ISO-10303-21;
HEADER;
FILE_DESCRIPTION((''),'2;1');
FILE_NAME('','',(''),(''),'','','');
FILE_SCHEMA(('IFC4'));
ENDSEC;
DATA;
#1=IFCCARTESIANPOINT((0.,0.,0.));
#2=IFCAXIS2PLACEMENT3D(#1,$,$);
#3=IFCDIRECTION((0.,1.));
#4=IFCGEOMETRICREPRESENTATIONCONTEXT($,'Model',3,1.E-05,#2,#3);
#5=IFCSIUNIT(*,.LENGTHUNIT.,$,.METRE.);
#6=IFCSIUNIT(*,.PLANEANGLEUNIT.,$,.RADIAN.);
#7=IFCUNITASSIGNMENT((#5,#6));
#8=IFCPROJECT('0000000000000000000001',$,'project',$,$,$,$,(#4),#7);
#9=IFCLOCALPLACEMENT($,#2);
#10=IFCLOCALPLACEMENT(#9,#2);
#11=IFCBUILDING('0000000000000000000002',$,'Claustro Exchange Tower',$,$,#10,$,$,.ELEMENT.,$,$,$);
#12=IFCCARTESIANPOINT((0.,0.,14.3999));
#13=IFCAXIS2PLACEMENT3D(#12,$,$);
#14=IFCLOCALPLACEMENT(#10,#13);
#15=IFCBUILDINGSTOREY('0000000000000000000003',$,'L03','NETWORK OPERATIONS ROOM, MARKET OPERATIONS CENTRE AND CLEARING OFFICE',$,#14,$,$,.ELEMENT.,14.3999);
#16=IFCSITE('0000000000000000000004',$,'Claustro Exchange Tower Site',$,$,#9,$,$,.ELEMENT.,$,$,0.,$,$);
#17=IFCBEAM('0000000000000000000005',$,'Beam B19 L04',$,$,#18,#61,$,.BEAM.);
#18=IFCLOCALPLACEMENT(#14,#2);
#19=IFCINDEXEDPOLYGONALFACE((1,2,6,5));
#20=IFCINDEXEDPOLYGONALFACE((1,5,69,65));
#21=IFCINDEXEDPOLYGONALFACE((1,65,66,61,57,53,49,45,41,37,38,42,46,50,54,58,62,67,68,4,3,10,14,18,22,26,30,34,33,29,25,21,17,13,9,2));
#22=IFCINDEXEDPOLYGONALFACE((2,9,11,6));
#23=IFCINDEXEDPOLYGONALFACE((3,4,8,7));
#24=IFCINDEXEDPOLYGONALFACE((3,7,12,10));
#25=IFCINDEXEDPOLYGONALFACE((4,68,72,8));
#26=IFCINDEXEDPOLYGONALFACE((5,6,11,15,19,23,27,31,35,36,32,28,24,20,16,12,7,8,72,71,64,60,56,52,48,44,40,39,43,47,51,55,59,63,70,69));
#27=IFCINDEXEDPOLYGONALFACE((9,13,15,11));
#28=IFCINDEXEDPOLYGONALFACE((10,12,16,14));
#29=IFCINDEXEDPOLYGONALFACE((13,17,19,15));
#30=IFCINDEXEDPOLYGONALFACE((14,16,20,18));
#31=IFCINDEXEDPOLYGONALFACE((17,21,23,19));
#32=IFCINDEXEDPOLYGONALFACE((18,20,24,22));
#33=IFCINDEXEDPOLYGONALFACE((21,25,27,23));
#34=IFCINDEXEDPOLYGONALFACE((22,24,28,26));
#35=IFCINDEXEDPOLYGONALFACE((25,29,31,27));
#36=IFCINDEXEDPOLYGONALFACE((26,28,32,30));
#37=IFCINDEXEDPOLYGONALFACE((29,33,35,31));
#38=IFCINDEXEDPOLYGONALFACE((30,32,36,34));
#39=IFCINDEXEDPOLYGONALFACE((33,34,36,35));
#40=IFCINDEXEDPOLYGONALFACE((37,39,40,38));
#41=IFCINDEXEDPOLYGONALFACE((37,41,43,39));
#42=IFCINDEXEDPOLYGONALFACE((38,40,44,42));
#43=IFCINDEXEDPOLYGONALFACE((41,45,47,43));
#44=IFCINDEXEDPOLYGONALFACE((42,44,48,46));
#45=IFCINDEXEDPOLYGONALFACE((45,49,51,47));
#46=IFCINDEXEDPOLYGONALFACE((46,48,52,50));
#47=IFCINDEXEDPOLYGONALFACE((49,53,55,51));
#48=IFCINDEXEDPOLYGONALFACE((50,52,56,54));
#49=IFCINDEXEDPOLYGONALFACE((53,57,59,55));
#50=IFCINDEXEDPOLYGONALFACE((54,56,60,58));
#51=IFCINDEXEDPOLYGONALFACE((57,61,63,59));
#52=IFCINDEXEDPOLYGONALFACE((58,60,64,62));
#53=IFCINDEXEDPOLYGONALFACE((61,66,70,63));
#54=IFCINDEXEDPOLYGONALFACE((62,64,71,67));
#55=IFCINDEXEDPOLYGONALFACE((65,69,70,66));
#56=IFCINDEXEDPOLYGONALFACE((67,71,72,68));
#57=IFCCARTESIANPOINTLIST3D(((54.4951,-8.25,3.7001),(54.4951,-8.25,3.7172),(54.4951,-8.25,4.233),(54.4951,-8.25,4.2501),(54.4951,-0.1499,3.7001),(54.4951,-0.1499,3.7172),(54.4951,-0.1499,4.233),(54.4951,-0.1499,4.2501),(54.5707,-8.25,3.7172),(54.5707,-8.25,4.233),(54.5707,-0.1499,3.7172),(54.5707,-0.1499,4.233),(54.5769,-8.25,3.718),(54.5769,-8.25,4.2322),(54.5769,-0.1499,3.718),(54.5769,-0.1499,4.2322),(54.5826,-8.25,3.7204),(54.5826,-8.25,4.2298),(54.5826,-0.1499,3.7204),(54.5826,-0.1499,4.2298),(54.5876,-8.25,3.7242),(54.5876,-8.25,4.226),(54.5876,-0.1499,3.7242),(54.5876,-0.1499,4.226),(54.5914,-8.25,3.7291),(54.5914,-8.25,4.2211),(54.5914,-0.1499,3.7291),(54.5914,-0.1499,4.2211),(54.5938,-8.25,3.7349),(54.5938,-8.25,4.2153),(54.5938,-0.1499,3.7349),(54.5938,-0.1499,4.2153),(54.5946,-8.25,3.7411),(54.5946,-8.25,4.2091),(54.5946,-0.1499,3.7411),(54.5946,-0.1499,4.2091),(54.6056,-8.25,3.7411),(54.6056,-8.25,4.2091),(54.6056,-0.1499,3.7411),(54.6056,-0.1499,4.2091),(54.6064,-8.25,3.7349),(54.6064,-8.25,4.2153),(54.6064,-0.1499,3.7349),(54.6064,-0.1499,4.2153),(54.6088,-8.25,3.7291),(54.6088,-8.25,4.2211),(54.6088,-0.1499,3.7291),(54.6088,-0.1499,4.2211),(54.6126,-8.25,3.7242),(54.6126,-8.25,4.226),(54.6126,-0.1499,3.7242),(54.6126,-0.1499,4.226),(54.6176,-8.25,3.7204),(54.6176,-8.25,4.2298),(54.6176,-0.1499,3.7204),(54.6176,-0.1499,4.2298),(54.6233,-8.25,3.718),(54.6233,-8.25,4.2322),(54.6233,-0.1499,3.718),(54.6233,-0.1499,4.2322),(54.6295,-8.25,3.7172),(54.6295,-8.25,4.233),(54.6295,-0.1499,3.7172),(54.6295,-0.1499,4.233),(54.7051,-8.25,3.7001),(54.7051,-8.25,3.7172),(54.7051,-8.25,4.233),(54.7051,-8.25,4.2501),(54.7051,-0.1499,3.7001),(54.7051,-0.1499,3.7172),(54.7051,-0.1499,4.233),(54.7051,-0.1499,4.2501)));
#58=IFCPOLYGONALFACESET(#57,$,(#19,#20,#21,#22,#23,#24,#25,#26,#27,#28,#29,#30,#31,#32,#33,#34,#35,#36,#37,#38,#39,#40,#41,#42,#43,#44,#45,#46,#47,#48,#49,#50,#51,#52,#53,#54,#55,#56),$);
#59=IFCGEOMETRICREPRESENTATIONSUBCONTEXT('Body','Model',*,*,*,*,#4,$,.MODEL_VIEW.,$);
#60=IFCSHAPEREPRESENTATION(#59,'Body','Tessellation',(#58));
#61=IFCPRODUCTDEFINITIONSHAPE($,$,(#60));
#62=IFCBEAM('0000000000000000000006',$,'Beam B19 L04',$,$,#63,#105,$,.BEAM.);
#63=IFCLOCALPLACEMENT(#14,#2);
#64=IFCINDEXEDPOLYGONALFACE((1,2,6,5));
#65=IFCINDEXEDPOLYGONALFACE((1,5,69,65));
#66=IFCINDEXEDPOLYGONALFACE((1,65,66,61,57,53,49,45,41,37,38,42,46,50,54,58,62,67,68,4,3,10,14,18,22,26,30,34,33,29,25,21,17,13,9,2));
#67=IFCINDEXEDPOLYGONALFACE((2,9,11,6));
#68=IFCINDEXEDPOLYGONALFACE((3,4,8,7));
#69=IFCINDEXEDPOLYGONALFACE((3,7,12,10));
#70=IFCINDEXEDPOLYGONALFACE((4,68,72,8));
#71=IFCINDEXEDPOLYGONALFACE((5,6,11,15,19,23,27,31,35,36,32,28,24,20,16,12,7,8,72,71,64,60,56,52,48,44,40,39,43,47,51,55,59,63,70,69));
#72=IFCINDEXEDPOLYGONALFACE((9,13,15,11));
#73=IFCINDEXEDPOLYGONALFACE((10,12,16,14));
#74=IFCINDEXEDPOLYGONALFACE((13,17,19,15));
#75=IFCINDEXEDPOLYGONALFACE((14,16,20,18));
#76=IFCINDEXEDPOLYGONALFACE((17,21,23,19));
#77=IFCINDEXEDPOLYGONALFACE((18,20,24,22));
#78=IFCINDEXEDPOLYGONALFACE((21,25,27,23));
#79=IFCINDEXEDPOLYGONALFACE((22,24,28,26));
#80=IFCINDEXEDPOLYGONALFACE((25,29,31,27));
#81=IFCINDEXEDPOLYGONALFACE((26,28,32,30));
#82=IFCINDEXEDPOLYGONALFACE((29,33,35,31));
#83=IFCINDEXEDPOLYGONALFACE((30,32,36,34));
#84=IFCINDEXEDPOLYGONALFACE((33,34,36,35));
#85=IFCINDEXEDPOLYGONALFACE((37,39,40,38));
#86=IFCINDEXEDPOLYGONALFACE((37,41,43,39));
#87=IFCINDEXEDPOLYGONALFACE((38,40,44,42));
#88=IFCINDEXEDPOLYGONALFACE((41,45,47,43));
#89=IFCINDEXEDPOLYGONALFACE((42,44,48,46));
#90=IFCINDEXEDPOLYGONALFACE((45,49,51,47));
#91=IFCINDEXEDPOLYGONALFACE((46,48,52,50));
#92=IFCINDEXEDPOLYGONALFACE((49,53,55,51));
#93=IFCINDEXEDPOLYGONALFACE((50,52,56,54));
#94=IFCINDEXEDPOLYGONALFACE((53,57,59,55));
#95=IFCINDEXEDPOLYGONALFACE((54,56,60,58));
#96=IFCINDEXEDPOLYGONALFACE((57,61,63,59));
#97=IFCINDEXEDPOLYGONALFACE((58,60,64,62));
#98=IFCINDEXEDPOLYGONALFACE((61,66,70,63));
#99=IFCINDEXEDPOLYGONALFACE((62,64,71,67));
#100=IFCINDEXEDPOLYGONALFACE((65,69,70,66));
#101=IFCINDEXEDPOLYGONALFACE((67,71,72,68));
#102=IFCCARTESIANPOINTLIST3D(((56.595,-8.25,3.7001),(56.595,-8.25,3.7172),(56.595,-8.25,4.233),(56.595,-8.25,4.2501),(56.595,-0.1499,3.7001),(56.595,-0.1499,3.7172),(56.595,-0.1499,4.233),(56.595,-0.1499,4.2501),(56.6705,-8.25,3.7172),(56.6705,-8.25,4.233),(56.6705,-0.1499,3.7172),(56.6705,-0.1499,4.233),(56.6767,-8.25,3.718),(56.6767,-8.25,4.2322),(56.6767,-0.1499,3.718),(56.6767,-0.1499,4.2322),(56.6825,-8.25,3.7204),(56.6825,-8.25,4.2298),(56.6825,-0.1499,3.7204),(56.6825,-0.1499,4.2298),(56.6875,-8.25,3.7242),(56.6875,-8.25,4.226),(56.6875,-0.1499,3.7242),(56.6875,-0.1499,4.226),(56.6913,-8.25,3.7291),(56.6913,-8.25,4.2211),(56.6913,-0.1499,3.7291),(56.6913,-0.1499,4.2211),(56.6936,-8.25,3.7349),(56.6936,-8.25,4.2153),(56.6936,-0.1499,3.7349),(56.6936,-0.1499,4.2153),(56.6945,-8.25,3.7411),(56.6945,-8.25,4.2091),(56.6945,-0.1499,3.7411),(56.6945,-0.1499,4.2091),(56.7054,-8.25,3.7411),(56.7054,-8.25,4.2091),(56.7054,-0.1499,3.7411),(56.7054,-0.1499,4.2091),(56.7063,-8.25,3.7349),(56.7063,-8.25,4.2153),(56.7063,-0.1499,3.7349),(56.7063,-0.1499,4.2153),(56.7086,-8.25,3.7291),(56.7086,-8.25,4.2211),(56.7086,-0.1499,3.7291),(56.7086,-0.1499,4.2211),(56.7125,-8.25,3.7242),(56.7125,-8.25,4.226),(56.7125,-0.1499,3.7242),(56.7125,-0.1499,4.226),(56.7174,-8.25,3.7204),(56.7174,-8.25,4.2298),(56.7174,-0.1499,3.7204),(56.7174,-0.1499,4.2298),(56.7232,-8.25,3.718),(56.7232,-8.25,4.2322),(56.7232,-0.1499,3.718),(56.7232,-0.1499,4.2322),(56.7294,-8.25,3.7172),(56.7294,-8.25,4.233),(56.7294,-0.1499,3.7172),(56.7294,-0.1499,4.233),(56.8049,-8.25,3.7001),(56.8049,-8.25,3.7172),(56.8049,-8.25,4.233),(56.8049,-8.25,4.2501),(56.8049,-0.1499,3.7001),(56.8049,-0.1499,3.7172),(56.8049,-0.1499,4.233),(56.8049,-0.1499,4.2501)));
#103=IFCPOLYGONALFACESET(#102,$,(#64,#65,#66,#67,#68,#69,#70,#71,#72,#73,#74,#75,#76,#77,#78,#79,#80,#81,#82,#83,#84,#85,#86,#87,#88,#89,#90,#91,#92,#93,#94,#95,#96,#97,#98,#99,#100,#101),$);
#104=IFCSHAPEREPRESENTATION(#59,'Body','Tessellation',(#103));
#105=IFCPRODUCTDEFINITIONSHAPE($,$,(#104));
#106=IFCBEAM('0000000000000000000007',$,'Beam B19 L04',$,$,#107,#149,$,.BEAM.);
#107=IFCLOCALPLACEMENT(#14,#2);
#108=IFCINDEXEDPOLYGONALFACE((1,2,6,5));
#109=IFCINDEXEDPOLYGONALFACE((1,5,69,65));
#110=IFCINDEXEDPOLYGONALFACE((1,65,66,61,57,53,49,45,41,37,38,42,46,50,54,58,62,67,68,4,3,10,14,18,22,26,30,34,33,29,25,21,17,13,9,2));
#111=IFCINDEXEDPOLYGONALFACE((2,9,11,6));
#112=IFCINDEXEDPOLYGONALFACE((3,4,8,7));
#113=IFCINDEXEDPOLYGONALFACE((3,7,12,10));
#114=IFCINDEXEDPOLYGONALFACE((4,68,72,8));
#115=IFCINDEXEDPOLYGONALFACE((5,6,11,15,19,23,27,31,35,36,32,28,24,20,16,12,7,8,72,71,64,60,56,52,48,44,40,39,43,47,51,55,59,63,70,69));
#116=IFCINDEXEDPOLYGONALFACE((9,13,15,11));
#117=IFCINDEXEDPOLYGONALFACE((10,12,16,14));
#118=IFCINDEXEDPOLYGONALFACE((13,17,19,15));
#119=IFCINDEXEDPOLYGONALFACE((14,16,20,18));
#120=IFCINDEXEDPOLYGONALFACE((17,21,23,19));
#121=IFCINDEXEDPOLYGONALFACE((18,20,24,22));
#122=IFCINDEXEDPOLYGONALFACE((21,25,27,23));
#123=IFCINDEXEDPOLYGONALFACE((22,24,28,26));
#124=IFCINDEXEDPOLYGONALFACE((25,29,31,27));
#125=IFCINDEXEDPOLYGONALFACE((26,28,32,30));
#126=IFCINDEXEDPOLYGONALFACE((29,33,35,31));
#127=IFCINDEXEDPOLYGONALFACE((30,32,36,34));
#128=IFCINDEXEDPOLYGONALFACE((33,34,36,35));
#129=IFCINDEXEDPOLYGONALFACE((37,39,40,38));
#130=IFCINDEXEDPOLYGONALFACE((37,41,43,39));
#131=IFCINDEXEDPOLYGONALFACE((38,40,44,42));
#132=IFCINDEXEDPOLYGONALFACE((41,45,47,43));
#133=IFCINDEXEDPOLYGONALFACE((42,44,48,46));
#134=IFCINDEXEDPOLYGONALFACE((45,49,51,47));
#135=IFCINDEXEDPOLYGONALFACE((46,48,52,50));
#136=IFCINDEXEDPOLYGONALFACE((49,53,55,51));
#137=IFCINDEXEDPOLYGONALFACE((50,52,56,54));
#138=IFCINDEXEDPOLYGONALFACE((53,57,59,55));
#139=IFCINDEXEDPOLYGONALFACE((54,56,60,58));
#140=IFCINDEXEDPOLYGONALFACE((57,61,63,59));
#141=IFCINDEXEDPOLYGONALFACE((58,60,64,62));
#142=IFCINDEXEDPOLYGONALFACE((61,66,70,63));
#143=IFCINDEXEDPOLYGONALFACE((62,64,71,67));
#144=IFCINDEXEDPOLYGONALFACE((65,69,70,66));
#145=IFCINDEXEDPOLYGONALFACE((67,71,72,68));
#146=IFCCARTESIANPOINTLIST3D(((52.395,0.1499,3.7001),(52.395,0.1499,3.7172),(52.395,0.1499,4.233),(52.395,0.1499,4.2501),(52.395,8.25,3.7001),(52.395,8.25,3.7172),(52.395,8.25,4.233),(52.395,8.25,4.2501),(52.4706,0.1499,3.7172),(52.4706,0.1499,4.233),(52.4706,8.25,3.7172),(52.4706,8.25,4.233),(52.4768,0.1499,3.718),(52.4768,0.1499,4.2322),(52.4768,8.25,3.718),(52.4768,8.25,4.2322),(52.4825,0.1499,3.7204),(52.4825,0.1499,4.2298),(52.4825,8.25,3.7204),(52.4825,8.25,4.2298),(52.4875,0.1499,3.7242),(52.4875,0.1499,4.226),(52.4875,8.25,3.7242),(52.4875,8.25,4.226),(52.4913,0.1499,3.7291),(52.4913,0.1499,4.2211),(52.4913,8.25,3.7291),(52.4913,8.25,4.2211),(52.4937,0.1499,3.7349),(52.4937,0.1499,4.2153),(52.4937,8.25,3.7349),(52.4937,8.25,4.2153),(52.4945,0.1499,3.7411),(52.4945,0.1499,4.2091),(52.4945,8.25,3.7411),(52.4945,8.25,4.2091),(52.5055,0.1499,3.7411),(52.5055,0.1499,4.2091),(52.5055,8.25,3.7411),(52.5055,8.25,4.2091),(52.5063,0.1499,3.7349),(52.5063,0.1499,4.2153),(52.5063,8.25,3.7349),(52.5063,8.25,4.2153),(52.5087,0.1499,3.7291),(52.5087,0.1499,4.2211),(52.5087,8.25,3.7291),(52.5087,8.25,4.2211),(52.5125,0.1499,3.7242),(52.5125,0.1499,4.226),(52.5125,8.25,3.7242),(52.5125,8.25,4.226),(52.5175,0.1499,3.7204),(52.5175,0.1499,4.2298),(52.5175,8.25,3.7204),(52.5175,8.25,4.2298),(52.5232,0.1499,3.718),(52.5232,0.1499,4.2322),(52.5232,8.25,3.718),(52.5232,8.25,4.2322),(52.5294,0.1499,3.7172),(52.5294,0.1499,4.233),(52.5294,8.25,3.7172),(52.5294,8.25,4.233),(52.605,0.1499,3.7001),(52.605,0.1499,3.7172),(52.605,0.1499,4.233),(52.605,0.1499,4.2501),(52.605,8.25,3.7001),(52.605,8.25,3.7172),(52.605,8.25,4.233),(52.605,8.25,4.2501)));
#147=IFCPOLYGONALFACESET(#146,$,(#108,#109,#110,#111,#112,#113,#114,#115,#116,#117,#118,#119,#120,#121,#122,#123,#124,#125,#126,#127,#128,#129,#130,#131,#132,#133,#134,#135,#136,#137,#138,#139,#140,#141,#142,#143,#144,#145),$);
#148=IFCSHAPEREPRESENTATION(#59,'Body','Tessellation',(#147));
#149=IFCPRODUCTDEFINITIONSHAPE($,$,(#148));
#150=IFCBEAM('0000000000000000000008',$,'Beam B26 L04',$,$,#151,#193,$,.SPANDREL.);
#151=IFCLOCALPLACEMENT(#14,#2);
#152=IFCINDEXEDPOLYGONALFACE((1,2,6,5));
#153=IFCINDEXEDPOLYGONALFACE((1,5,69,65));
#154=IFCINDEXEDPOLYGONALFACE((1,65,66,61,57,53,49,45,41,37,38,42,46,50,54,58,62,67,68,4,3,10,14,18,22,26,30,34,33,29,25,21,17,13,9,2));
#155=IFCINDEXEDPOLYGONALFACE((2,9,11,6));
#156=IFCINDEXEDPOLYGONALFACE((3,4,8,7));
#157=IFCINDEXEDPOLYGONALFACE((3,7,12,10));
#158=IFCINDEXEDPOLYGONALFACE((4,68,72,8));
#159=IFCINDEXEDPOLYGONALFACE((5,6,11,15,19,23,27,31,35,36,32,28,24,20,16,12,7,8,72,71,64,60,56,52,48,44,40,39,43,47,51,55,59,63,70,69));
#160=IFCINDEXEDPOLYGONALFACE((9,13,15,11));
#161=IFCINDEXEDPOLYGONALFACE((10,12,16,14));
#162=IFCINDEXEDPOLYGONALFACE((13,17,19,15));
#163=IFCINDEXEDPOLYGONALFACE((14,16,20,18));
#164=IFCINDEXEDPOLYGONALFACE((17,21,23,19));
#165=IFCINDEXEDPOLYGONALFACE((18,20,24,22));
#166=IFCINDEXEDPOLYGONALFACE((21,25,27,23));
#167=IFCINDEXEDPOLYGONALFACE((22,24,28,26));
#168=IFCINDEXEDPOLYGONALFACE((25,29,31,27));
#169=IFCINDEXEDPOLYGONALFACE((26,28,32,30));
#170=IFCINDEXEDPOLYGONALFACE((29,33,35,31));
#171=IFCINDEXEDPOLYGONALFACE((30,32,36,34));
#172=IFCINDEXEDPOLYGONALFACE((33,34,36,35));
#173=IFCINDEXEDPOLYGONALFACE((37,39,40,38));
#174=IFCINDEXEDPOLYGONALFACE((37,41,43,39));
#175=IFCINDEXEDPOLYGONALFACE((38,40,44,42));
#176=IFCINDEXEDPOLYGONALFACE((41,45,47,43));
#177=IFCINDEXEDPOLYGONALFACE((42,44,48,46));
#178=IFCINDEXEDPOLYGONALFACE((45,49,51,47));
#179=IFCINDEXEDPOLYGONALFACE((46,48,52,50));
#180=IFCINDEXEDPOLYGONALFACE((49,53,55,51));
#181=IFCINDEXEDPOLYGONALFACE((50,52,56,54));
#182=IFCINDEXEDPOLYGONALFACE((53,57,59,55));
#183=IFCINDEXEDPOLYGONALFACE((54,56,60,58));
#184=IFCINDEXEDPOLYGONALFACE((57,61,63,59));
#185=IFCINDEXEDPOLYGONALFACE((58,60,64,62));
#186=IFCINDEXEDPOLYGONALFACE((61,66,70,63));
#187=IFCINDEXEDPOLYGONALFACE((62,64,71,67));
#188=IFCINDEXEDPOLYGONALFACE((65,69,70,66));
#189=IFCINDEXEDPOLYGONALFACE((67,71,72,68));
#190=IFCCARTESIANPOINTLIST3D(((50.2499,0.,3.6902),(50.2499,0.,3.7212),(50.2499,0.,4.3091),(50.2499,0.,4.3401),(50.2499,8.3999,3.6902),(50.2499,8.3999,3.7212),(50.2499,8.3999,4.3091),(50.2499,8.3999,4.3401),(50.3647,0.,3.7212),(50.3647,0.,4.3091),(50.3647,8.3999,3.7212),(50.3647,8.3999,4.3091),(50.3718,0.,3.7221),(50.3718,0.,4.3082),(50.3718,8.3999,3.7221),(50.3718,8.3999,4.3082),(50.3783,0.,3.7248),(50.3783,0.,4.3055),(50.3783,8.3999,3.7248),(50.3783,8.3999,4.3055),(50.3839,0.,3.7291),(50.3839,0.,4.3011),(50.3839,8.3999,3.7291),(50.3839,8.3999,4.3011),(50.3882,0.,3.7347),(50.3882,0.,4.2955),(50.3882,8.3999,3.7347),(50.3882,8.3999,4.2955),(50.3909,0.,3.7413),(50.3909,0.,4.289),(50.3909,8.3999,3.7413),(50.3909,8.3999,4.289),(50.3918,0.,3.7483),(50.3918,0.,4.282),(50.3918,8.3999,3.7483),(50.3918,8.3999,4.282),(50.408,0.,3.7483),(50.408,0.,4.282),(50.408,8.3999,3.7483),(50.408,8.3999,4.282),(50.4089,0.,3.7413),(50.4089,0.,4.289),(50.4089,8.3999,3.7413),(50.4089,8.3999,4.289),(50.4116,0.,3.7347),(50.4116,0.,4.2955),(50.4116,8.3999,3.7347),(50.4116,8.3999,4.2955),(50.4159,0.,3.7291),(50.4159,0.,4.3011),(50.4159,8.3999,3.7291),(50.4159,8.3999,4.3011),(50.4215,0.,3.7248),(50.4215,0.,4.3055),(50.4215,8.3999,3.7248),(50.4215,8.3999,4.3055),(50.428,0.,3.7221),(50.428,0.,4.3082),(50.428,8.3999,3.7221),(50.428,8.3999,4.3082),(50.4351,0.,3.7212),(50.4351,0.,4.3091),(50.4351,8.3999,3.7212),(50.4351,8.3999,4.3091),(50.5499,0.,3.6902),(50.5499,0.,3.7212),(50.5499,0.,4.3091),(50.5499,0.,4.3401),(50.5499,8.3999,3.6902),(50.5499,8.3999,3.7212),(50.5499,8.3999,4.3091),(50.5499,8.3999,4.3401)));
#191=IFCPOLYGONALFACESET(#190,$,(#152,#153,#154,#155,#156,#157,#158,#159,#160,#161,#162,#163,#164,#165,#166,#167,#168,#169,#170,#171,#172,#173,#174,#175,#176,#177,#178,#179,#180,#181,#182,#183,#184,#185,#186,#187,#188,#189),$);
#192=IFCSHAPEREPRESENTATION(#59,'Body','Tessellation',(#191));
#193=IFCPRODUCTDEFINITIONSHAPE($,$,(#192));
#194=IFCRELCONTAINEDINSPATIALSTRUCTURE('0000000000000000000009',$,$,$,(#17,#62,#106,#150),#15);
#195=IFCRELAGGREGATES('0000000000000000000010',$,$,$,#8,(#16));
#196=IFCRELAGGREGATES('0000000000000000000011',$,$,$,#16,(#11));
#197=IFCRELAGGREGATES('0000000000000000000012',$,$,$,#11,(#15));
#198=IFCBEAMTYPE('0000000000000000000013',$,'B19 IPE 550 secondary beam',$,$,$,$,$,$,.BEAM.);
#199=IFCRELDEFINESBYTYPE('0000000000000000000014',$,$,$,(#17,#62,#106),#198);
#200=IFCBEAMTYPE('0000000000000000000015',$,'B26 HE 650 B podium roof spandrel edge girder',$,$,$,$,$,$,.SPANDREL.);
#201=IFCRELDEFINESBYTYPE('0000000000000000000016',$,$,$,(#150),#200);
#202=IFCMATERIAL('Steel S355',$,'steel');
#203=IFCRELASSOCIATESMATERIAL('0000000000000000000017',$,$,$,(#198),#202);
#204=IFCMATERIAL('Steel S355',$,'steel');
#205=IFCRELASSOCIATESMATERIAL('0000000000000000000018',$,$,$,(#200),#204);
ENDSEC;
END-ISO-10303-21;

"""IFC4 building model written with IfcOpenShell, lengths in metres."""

from ifc_helpers import new_model, si_unit, direction, frame, origin, origin_2d, place, context, subcontext, project, spatial, i_section, extrude, material, material_profile, profile_set, type_object, element, save


model = new_model("IFC4")

# Units and contexts
model_context = context("Model", 3, precision=1e-05, world=origin(), true_north=direction((0.0, 1.0)))
body_context = subcontext(model_context, "Body", "Model", "MODEL_VIEW")
ifc_project = project(units=[si_unit("LENGTHUNIT", "METRE"), si_unit("PLANEANGLEUNIT", "RADIAN")], contexts=[model_context])

# Site, building, storey
site_placement = place(None, origin())
site = spatial("IfcSite", under=ifc_project, at=site_placement, Name="Claustro Exchange Tower Site", CompositionType="ELEMENT", RefElevation=0.0)
building_placement = place(site_placement, origin())
building = spatial("IfcBuilding", under=site, at=building_placement, Name="Claustro Exchange Tower", CompositionType="ELEMENT")
storey_placement = place(building_placement, frame((0.0, 0.0, 14.3999)))
storey = spatial("IfcBuildingStorey", under=building, at=storey_placement, Name="L03", Description="NETWORK OPERATIONS ROOM, MARKET OPERATIONS CENTRE AND CLEARING OFFICE", CompositionType="ELEMENT", Elevation=14.3999)

# Beams
ifc_material_1 = material(Name="Steel S355", Category="steel")
ifc_material_profile_1 = material_profile(ifc_material_1, i_section(OverallWidth=0.21, OverallDepth=0.55, WebThickness=0.011, FlangeThickness=0.0171, FilletRadius=0.0239, at=origin_2d()), Name="IPE 550")
ifc_profile_set_1 = profile_set([ifc_material_profile_1], Name="Steel S355")
beam_type_1 = type_object("IfcBeamType", Name="B19 IPE 550 secondary beam", PredefinedType="BEAM", material=ifc_profile_set_1)
for number, where, z_axis, x_axis, name in (
    (1, (54.6001, -8.25, 3.9751), (0.0, 1.0, 0.0), (-1.0, 0.0, 0.0), "Beam B19 L04"),
    (2, (56.7, -8.25, 3.9751), (0.0, 1.0, 0.0), (-1.0, 0.0, 0.0), "Beam B19 L04"),
    (3, (52.5, 0.1499, 3.9751), (0.0, 1.0, 0.0), (-1.0, 0.0, 0.0), "Beam B19 L04"),
):
    element("IfcBeam", number, at=place(storey_placement, frame(where, z_axis=z_axis, x_axis=x_axis)), inside=storey, type_object=beam_type_1, Name=name, PredefinedType="BEAM", context=body_context, shape_type="SweptSolid", body=[
        extrude(i_section(OverallWidth=0.21, OverallDepth=0.55, WebThickness=0.011, FlangeThickness=0.0171, FilletRadius=0.0239, at=origin_2d()), origin(), (0.0, 0.0, 1.0), 8.1001),
    ])
ifc_material_2 = material(Name="Steel S355", Category="steel")
ifc_material_profile_2 = material_profile(ifc_material_2, i_section(OverallWidth=0.3, OverallDepth=0.6499, WebThickness=0.0161, FlangeThickness=0.031, FilletRadius=0.0271, at=origin_2d()), Name="HE 650 B")
ifc_profile_set_2 = profile_set([ifc_material_profile_2], Name="Steel S355")
beam_type_2 = type_object("IfcBeamType", Name="B26 HE 650 B podium roof spandrel edge girder", PredefinedType="SPANDREL", material=ifc_profile_set_2)
beam_1_placement = place(storey_placement, frame((50.3999, 0.0, 4.0151), z_axis=(0.0, 1.0, 0.0), x_axis=(-1.0, 0.0, 0.0)))
element("IfcBeam", 4, at=beam_1_placement, inside=storey, type_object=beam_type_2, Name="Beam B26 L04", PredefinedType="SPANDREL", context=body_context, shape_type="SweptSolid", body=[
    extrude(i_section(OverallWidth=0.3, OverallDepth=0.6499, WebThickness=0.0161, FlangeThickness=0.031, FilletRadius=0.0271, at=origin_2d()), origin(), (0.0, 0.0, 1.0), 8.3999),
])

save(model, "model.ifc")
